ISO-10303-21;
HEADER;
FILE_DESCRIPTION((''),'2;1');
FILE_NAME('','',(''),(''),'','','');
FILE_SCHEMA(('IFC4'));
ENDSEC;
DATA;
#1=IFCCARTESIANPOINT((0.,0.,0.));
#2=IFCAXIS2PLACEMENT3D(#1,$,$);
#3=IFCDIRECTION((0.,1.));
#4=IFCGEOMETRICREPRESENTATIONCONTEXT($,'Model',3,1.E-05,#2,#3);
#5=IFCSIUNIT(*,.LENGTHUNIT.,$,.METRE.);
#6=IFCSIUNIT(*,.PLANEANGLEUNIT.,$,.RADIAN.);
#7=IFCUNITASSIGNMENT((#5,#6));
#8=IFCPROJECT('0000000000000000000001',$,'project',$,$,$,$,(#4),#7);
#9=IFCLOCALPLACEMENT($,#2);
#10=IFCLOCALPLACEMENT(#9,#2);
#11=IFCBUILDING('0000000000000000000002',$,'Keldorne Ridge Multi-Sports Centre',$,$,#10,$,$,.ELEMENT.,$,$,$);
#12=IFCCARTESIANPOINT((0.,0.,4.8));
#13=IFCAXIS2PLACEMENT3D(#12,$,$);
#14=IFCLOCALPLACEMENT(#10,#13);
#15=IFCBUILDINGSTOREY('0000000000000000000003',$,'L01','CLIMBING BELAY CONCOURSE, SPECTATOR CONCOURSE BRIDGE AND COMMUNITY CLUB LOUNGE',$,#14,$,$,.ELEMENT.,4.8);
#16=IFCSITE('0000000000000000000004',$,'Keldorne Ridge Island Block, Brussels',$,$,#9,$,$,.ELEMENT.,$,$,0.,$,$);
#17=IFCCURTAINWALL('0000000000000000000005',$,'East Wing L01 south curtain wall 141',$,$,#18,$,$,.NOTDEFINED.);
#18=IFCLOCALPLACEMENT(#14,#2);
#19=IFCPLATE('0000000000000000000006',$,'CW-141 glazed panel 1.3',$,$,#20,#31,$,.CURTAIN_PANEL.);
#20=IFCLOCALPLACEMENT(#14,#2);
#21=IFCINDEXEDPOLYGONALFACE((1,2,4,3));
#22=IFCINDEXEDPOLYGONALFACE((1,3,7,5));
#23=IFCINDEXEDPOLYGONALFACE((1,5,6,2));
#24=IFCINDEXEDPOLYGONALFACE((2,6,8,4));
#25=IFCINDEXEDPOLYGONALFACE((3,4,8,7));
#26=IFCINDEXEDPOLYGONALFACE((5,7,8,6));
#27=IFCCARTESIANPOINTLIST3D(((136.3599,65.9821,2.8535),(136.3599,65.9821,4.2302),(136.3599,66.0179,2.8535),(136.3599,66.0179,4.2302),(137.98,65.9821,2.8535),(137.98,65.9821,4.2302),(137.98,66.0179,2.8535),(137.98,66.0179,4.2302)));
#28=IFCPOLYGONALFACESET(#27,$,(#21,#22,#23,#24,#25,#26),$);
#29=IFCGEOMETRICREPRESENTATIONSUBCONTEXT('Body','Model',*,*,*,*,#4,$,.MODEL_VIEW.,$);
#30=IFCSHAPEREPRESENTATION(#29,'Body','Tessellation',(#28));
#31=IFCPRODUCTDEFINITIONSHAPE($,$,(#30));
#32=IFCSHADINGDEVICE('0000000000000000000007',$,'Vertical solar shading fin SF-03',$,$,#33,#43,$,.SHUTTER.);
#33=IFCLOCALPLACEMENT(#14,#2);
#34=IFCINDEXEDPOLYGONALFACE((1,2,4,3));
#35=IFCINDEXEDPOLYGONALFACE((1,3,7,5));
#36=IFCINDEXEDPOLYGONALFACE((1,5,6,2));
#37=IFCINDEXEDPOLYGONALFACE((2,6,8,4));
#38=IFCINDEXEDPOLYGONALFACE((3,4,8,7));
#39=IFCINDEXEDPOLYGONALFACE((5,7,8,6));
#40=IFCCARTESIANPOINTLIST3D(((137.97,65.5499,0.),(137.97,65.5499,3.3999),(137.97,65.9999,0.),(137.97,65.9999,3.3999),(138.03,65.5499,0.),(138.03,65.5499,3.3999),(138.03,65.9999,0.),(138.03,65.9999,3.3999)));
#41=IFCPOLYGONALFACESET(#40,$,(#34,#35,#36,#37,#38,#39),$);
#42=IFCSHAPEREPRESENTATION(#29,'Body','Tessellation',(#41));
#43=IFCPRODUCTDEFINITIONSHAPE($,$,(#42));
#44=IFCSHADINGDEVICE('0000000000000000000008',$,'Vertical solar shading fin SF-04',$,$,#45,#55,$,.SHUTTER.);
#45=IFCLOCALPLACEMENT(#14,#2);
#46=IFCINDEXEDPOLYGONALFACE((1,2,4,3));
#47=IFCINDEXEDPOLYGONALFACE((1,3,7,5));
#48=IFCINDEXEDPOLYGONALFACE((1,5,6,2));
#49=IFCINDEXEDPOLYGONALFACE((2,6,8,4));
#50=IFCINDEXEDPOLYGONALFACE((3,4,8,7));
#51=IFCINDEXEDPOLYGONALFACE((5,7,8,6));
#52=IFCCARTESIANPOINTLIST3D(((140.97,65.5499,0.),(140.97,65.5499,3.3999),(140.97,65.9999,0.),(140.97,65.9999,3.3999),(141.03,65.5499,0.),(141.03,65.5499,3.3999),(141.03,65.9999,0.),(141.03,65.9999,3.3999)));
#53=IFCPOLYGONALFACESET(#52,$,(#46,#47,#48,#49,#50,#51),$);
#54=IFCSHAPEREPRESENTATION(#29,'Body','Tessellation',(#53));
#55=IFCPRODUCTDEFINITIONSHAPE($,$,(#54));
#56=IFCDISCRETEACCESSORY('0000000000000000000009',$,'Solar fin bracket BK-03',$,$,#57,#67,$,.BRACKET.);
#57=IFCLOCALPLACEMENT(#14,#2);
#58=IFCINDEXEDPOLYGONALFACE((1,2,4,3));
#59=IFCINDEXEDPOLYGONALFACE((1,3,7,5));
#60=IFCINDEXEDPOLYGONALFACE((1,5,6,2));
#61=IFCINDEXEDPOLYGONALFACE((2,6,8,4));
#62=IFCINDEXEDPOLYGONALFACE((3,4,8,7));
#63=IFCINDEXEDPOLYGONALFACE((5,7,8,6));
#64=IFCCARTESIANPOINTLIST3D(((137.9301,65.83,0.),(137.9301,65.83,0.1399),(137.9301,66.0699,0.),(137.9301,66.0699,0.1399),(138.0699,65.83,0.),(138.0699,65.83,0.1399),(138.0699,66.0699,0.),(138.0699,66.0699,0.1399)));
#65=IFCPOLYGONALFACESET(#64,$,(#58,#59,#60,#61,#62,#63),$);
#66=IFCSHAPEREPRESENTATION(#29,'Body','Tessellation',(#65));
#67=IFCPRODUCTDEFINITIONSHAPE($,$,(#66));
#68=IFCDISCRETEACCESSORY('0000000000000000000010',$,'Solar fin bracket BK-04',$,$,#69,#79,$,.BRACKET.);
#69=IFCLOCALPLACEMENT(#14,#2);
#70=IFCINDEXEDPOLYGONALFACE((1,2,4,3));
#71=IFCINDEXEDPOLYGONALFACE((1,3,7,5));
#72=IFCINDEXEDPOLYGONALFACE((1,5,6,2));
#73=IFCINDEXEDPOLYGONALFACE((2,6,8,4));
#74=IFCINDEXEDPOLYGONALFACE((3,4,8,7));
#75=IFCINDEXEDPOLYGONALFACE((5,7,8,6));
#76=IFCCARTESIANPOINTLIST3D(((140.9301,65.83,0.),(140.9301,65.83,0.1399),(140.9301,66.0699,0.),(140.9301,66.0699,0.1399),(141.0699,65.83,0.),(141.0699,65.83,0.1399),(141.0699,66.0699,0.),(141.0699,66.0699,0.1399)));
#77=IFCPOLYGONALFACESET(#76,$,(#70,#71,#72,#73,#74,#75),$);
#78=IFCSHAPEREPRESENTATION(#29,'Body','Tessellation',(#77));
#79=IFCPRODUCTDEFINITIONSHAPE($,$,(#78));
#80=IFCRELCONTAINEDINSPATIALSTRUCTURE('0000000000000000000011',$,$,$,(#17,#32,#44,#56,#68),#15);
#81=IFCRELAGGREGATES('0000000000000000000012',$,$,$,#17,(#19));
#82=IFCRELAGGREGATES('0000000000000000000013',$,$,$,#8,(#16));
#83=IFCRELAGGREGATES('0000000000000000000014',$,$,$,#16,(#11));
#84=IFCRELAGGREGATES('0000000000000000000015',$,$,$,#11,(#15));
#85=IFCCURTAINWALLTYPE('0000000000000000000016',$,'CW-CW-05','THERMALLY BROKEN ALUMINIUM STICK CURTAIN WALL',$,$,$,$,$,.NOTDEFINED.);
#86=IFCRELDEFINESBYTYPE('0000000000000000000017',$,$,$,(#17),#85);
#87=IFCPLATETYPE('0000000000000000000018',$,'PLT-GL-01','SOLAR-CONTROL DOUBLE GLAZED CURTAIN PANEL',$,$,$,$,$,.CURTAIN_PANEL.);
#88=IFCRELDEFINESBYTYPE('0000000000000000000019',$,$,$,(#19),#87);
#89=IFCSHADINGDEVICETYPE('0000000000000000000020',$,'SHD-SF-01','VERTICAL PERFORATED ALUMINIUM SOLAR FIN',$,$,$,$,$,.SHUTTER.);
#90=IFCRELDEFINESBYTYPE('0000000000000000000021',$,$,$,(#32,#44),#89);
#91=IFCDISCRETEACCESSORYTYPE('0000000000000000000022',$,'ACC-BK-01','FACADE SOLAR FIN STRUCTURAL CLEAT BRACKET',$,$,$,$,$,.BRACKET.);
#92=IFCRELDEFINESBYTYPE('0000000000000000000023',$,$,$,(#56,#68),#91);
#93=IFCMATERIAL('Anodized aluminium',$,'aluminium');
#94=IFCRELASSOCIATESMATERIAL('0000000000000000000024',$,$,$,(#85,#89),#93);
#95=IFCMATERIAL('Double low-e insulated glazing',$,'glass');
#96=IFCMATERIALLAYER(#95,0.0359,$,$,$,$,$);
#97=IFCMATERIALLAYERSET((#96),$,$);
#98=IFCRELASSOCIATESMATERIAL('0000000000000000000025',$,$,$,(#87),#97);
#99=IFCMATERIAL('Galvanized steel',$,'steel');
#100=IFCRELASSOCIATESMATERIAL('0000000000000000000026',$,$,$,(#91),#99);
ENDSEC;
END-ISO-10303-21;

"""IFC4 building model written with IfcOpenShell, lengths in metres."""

from ifc_helpers import new_model, si_unit, direction, frame, origin, origin_2d, place, context, subcontext, project, spatial, rectangle, extrude, material, layer, layer_set, type_object, element, aggregate, save


model = new_model("IFC4")

# Units and contexts
model_context = context("Model", 3, precision=1e-05, world=origin(), true_north=direction((0.0, 1.0)))
body_context = subcontext(model_context, "Body", "Model", "MODEL_VIEW")
ifc_project = project(units=[si_unit("LENGTHUNIT", "METRE"), si_unit("PLANEANGLEUNIT", "RADIAN")], contexts=[model_context])

# Site, building, storey
site_placement = place(None, origin())
site = spatial("IfcSite", under=ifc_project, at=site_placement, Name="Keldorne Ridge Island Block, Brussels", CompositionType="ELEMENT", RefElevation=0.0)
building_placement = place(site_placement, origin())
building = spatial("IfcBuilding", under=site, at=building_placement, Name="Keldorne Ridge Multi-Sports Centre", CompositionType="ELEMENT")
storey_placement = place(building_placement, frame((0.0, 0.0, 4.8)))
storey = spatial("IfcBuildingStorey", under=building, at=storey_placement, Name="L01", Description="CLIMBING BELAY CONCOURSE, SPECTATOR CONCOURSE BRIDGE AND COMMUNITY CLUB LOUNGE", CompositionType="ELEMENT", Elevation=4.8)

# Curtain wall
ifc_material_1 = material(Name="Anodized aluminium", Category="aluminium")
curtain_wall_type_1 = type_object("IfcCurtainWallType", Name="CW-CW-05", Description="THERMALLY BROKEN ALUMINIUM STICK CURTAIN WALL", PredefinedType="NOTDEFINED", material=ifc_material_1)
curtain_wall_1_placement = place(storey_placement, origin())
curtain_wall_1 = element("IfcCurtainWall", 1, at=curtain_wall_1_placement, inside=storey, type_object=curtain_wall_type_1, Name="East Wing L01 south curtain wall 141", PredefinedType="NOTDEFINED")

# Plate
ifc_material_2 = material(Name="Double low-e insulated glazing", Category="glass")
ifc_layer = layer(ifc_material_2, 0.0359)
ifc_layer_set = layer_set([ifc_layer])
plate_type = type_object("IfcPlateType", Name="PLT-GL-01", Description="SOLAR-CONTROL DOUBLE GLAZED CURTAIN PANEL", PredefinedType="CURTAIN_PANEL", material=ifc_layer_set)
plate_1_placement = place(storey_placement, frame((137.1699, 66.0, 2.8535), z_axis=(0.0, 0.0, 1.0), x_axis=(1.0, 0.0, 0.0)))
plate_1 = element("IfcPlate", 2, at=plate_1_placement, type_object=plate_type, Name="CW-141 glazed panel 1.3", PredefinedType="CURTAIN_PANEL", context=body_context, shape_type="SweptSolid", body=[
    extrude(rectangle(XDim=1.6201, YDim=0.0359, at=origin_2d()), origin(), (0.0, 0.0, 1.0), 1.3767),
])
aggregate(curtain_wall_1, [plate_1])

# Shading devices
shading_device_type = type_object("IfcShadingDeviceType", Name="SHD-SF-01", Description="VERTICAL PERFORATED ALUMINIUM SOLAR FIN", PredefinedType="SHUTTER", material=ifc_material_1)
for number, where, z_axis, x_axis, name in (
    (3, (138.0, 65.7749, 0.0), (0.0, 0.0, 1.0), (1.0, 0.0, 0.0), "Vertical solar shading fin SF-03"),
    (4, (141.0, 65.7749, 0.0), (0.0, 0.0, 1.0), (1.0, 0.0, 0.0), "Vertical solar shading fin SF-04"),
):
    element("IfcShadingDevice", number, at=place(storey_placement, frame(where, z_axis=z_axis, x_axis=x_axis)), inside=storey, type_object=shading_device_type, Name=name, PredefinedType="SHUTTER", context=body_context, shape_type="SweptSolid", body=[
        extrude(rectangle(XDim=0.0601, YDim=0.45, at=origin_2d()), origin(), (0.0, 0.0, 1.0), 3.3999),
    ])

# Discrete accessories
ifc_material_3 = material(Name="Galvanized steel", Category="steel")
discrete_accessory_type = type_object("IfcDiscreteAccessoryType", Name="ACC-BK-01", Description="FACADE SOLAR FIN STRUCTURAL CLEAT BRACKET", PredefinedType="BRACKET", material=ifc_material_3)
for number, where, z_axis, x_axis, name in (
    (5, (138.0, 65.95, 0.0), (0.0, 0.0, 1.0), (1.0, 0.0, 0.0), "Solar fin bracket BK-03"),
    (6, (141.0, 65.95, 0.0), (0.0, 0.0, 1.0), (1.0, 0.0, 0.0), "Solar fin bracket BK-04"),
):
    element("IfcDiscreteAccessory", number, at=place(storey_placement, frame(where, z_axis=z_axis, x_axis=x_axis)), inside=storey, type_object=discrete_accessory_type, Name=name, PredefinedType="BRACKET", context=body_context, shape_type="SweptSolid", body=[
        extrude(rectangle(XDim=0.1399, YDim=0.24, at=origin_2d()), origin(), (0.0, 0.0, 1.0), 0.1399),
    ])

save(model, "model.ifc")
